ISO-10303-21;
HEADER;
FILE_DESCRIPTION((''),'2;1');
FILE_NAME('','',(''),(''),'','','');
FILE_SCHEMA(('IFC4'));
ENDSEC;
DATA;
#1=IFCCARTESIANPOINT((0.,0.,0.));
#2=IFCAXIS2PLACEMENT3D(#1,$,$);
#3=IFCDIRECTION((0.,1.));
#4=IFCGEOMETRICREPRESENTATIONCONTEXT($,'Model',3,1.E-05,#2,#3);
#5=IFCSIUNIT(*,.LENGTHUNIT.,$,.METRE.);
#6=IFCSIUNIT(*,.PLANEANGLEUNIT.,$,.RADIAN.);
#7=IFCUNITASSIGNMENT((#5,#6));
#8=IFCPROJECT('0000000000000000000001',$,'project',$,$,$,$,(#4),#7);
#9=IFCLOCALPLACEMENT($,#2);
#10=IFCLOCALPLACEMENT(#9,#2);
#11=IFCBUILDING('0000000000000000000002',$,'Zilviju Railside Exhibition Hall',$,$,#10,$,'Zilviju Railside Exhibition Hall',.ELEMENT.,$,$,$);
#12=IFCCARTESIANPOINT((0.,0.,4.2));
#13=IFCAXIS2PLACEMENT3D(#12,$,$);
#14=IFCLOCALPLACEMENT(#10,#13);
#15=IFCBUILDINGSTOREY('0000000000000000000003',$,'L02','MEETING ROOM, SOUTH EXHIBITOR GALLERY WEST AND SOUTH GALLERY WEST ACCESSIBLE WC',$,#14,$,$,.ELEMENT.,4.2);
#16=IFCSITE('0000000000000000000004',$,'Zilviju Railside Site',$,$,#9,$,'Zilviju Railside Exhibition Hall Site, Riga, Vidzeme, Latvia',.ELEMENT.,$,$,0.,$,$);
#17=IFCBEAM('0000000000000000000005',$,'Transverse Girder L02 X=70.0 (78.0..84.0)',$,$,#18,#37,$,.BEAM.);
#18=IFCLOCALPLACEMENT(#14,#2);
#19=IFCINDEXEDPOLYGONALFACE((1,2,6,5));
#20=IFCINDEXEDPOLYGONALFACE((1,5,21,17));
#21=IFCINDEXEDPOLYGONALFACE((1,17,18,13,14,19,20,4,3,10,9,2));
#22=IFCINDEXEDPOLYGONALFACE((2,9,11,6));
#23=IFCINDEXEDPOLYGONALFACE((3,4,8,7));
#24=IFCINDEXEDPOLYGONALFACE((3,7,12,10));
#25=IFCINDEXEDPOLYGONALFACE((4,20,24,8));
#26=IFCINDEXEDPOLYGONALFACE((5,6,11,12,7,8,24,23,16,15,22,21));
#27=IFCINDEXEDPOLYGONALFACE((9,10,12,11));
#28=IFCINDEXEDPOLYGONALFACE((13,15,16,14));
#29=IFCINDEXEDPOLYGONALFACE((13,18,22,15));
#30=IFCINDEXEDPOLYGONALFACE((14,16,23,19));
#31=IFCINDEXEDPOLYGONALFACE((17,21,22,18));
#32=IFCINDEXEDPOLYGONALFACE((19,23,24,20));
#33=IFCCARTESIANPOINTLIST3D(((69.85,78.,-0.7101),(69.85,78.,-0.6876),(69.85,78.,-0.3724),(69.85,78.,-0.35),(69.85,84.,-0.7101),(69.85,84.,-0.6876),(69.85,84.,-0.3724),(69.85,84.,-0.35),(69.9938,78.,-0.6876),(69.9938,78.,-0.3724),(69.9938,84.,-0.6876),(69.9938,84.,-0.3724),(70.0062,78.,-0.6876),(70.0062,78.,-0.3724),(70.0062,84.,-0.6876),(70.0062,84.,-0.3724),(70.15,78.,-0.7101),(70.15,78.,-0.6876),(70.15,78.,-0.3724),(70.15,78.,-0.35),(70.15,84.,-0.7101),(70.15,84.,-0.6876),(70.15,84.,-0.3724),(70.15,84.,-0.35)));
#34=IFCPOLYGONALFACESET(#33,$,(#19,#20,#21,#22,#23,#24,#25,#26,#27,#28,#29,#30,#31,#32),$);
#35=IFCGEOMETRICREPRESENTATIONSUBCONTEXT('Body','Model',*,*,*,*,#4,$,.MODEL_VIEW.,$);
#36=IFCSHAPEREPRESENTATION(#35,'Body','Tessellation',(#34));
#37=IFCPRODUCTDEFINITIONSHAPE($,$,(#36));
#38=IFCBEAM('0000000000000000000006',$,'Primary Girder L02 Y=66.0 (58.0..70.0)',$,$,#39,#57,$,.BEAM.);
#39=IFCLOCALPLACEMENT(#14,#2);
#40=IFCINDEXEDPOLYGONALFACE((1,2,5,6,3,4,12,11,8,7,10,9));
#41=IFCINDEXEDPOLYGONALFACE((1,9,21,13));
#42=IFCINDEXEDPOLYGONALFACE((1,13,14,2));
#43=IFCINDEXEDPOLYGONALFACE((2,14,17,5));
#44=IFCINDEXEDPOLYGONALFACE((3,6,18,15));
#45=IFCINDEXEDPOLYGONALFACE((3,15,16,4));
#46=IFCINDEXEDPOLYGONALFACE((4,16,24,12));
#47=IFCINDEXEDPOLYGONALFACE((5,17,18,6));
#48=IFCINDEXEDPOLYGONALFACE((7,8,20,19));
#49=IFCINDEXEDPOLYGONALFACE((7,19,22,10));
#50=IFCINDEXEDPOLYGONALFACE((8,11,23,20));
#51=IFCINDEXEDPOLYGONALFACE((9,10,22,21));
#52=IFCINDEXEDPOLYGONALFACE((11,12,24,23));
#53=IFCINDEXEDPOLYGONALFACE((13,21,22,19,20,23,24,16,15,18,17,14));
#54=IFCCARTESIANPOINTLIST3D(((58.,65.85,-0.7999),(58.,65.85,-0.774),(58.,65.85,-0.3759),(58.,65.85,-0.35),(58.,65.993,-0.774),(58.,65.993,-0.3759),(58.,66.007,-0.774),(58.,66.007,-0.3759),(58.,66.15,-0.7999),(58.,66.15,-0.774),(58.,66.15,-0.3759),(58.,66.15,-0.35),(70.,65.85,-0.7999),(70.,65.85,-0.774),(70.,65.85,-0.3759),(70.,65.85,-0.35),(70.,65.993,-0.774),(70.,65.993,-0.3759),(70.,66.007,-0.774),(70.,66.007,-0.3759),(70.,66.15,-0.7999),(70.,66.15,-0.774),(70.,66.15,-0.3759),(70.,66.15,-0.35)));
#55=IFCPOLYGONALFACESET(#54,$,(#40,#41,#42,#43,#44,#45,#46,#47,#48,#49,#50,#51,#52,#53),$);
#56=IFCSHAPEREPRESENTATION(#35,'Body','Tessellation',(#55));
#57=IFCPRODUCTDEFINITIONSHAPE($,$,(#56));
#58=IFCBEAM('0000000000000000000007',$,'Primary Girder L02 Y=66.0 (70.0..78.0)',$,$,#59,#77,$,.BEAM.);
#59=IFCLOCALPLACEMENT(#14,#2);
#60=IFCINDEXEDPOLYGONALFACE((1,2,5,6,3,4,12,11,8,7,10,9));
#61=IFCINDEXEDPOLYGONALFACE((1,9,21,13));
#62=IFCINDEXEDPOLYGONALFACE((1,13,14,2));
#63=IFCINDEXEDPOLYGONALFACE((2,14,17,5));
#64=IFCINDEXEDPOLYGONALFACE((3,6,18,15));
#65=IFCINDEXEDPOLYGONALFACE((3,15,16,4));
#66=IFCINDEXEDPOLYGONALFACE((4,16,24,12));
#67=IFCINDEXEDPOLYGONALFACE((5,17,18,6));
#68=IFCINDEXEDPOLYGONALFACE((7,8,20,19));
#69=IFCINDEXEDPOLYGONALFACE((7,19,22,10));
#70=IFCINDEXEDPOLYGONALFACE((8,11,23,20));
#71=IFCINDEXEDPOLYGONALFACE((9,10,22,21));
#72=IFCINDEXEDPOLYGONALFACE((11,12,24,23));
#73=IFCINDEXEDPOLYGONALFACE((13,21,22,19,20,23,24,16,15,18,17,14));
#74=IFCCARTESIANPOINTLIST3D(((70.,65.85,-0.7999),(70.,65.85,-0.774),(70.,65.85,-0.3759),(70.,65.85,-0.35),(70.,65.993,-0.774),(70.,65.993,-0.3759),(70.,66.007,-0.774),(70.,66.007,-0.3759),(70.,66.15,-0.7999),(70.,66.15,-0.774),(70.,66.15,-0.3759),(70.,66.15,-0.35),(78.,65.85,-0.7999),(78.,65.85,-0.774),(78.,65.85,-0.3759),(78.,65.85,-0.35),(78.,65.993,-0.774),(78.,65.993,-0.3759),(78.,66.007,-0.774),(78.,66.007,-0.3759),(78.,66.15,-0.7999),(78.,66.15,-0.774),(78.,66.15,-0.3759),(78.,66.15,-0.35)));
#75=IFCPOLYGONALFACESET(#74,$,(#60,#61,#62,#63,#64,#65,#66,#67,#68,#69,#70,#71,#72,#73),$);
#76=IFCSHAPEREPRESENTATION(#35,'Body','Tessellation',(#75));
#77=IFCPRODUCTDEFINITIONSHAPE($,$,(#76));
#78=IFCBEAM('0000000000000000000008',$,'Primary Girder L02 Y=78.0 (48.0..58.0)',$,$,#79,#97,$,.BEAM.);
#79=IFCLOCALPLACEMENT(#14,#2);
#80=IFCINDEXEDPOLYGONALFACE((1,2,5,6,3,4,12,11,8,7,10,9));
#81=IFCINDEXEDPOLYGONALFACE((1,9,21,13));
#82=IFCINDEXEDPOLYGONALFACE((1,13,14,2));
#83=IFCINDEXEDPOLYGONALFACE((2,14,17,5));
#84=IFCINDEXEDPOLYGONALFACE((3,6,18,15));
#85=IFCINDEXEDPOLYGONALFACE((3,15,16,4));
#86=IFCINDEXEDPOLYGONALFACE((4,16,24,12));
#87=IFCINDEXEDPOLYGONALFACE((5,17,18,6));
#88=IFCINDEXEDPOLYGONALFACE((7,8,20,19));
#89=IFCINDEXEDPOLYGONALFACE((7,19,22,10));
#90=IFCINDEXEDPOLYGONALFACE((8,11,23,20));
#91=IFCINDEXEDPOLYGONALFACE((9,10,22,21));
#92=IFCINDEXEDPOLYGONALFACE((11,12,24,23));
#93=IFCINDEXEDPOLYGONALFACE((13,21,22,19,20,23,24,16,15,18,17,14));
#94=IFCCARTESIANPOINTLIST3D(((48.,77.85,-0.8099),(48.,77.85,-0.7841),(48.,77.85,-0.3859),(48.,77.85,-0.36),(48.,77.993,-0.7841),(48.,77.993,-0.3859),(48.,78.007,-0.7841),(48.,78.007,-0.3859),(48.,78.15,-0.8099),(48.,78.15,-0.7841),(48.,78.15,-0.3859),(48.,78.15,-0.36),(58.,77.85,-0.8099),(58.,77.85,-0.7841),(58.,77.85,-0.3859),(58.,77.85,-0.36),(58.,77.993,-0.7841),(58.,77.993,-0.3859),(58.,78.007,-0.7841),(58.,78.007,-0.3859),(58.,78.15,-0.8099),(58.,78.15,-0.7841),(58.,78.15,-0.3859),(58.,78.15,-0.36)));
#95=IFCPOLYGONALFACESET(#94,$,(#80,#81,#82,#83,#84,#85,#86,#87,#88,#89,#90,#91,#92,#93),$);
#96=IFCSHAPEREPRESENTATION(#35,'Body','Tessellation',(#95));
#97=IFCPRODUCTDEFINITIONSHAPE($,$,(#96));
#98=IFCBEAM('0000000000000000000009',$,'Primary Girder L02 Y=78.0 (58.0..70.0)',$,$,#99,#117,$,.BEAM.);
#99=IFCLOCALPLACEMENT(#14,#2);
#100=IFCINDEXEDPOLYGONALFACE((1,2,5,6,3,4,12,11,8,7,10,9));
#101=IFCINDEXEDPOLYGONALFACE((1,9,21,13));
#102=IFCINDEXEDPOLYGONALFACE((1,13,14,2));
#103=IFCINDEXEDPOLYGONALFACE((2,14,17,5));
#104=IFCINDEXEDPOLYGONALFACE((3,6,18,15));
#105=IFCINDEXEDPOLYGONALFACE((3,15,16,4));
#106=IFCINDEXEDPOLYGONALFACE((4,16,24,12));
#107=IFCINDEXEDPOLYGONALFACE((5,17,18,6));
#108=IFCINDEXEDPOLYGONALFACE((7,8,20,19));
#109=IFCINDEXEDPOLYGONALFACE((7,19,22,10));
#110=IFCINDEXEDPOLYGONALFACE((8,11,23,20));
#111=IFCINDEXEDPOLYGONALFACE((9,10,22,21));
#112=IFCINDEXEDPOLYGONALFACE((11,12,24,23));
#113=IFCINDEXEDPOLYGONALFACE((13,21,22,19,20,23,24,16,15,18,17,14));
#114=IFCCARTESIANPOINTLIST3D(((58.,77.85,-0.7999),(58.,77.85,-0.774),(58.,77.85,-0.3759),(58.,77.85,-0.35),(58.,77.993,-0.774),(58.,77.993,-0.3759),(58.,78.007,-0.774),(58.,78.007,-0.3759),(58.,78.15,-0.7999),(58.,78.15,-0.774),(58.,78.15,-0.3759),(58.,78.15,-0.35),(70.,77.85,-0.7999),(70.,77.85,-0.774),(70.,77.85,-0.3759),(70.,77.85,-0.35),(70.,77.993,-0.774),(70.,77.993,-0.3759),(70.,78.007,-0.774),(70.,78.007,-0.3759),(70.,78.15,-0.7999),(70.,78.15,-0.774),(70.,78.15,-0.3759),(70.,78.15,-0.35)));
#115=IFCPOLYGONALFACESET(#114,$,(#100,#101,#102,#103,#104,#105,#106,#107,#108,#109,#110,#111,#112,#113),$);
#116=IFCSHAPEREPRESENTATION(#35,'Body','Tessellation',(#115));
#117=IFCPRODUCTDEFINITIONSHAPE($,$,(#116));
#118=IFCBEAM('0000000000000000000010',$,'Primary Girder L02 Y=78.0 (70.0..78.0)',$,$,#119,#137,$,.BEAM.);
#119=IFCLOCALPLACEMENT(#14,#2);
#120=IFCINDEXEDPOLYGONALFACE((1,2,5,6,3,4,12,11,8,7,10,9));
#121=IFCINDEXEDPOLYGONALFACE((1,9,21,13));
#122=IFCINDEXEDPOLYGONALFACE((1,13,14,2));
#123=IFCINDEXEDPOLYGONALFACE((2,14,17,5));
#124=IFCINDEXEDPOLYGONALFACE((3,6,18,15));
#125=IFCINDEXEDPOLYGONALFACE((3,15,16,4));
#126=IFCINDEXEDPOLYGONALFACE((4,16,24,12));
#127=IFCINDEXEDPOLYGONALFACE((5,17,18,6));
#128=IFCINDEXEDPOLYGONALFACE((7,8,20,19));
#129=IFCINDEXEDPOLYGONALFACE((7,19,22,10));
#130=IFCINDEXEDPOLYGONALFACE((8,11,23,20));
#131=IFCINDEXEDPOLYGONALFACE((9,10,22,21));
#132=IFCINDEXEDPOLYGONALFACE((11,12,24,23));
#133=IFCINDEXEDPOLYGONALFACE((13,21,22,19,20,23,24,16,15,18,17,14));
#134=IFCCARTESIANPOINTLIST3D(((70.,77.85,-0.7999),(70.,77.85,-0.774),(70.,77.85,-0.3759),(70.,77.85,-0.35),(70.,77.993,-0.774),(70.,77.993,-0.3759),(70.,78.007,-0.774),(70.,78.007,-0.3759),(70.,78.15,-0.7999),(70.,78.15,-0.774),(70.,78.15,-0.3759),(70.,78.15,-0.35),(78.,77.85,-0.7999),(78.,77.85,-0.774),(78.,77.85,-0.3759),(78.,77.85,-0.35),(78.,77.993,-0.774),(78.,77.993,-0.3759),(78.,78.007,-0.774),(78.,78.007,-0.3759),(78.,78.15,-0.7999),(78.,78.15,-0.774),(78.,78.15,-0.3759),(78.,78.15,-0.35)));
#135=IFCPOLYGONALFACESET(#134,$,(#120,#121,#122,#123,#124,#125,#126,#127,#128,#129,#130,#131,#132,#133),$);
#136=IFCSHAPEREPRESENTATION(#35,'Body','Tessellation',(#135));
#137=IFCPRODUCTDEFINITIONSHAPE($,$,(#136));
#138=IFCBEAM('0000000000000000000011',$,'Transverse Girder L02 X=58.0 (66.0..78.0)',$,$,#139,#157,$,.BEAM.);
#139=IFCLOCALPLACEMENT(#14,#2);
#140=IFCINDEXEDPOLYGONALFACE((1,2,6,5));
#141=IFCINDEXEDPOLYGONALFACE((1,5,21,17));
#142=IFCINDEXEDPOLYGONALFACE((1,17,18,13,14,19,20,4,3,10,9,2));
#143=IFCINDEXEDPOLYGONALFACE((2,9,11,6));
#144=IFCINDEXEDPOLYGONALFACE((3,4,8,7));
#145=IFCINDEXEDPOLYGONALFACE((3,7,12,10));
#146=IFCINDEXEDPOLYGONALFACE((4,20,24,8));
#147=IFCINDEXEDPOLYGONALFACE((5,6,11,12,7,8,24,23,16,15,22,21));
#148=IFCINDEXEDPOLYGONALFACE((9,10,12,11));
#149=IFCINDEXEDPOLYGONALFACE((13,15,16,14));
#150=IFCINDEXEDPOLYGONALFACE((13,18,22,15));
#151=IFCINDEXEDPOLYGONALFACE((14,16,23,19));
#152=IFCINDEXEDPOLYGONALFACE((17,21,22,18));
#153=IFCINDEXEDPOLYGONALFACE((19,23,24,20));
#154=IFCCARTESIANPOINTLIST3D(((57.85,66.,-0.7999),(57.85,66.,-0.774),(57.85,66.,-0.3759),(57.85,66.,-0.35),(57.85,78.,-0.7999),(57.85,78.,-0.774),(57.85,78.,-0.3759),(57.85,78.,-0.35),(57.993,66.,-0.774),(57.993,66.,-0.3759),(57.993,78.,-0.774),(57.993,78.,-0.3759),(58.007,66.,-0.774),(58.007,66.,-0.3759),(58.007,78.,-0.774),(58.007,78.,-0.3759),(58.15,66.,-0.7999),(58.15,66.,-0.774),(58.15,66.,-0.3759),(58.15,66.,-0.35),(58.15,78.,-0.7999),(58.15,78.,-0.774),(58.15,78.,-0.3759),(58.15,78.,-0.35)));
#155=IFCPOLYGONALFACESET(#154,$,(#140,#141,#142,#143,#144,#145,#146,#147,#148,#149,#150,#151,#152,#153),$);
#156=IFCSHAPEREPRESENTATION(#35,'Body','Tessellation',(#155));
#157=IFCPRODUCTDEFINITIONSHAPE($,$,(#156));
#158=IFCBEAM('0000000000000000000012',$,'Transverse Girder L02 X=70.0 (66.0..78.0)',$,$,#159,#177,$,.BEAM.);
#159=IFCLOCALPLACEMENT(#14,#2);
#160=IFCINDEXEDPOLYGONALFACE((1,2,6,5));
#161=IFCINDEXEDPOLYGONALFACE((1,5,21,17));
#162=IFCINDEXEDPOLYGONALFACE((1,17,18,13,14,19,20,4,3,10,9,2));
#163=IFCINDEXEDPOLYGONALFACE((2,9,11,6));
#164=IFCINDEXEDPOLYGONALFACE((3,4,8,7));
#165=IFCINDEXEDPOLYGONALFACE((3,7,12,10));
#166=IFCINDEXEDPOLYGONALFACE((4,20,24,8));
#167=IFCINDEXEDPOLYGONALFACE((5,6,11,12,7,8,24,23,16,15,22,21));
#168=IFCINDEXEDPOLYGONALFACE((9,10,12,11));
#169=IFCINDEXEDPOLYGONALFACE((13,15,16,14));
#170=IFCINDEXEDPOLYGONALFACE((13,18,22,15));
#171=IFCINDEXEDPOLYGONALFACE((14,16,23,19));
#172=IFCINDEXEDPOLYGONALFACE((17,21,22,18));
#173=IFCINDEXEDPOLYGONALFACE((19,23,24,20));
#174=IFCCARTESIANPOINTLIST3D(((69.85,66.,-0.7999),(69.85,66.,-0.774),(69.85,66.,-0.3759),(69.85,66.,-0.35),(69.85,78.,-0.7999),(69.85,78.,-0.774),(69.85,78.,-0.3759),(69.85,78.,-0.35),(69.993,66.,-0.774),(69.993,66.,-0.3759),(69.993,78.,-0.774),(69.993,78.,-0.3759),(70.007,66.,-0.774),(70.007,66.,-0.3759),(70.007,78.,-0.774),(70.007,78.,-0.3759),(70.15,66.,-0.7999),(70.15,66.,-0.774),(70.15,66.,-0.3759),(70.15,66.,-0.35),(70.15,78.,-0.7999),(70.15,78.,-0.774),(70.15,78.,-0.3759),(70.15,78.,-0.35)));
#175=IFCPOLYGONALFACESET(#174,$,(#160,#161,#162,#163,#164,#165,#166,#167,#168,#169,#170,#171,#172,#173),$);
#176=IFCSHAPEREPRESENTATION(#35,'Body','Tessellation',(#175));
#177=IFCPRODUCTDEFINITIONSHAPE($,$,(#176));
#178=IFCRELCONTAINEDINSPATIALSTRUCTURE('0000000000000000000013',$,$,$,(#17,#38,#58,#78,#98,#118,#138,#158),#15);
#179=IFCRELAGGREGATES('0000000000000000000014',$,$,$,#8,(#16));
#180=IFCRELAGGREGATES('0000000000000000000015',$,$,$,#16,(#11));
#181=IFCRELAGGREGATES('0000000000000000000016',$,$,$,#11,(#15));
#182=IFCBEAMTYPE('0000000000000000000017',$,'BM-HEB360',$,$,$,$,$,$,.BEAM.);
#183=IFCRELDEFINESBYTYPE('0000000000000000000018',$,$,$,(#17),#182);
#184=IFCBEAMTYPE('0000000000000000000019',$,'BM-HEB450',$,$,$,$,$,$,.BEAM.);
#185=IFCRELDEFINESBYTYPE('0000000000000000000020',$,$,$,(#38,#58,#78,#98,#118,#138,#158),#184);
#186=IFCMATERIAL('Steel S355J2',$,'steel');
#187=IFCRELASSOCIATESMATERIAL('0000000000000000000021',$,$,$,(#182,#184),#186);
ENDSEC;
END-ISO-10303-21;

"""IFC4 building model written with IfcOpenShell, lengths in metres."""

from ifc_helpers import new_model, si_unit, direction, frame, origin, origin_2d, place, context, subcontext, project, spatial, i_section, extrude, material, material_profile, profile_set, type_object, element, save


model = new_model("IFC4")

# Units and contexts
model_context = context("Model", 3, precision=1e-05, world=origin(), true_north=direction((0.0, 1.0)))
body_context = subcontext(model_context, "Body", "Model", "MODEL_VIEW")
ifc_project = project(units=[si_unit("LENGTHUNIT", "METRE"), si_unit("PLANEANGLEUNIT", "RADIAN")], contexts=[model_context])

# Site, building, storey
site_placement = place(None, origin())
site = spatial("IfcSite", under=ifc_project, at=site_placement, Name="Zilviju Railside Site", LongName="Zilviju Railside Exhibition Hall Site, Riga, Vidzeme, Latvia", CompositionType="ELEMENT", RefElevation=0.0)
building_placement = place(site_placement, origin())
building = spatial("IfcBuilding", under=site, at=building_placement, Name="Zilviju Railside Exhibition Hall", LongName="Zilviju Railside Exhibition Hall", CompositionType="ELEMENT")
storey_placement = place(building_placement, frame((0.0, 0.0, 4.2)))
storey = spatial("IfcBuildingStorey", under=building, at=storey_placement, Name="L02", Description="MEETING ROOM, SOUTH EXHIBITOR GALLERY WEST AND SOUTH GALLERY WEST ACCESSIBLE WC", CompositionType="ELEMENT", Elevation=4.2)

# Shared definitions
ifc_material_1 = material(Name="Steel S355J2", Category="steel")

# Beams
ifc_material_profile_1 = material_profile(ifc_material_1, i_section(OverallWidth=0.3, OverallDepth=0.3601, WebThickness=0.0125, FlangeThickness=0.0225, at=origin_2d()), Name="HEB 360")
ifc_profile_set_1 = profile_set([ifc_material_profile_1], Name="Steel S355J2")
beam_type_1 = type_object("IfcBeamType", Name="BM-HEB360", PredefinedType="BEAM", material=ifc_profile_set_1)
for number, where, z_axis, x_axis, name in (
    (1, (70.0, 78.0, -0.53), (0.0, 1.0, 0.0), (-1.0, 0.0, 0.0), "Transverse Girder L02 X=70.0 (78.0..84.0)"),
):
    element("IfcBeam", number, at=place(storey_placement, frame(where, z_axis=z_axis, x_axis=x_axis)), inside=storey, type_object=beam_type_1, Name=name, PredefinedType="BEAM", context=body_context, shape_type="SweptSolid", body=[
        extrude(i_section(OverallWidth=0.3, OverallDepth=0.3601, WebThickness=0.0125, FlangeThickness=0.0225, at=origin_2d()), origin(), (0.0, 0.0, 1.0), 6.0),
    ])
ifc_material_profile_2 = material_profile(ifc_material_1, i_section(OverallWidth=0.3, OverallDepth=0.45, WebThickness=0.0139, FlangeThickness=0.0259, at=origin_2d()), Name="HEB 450")
ifc_profile_set_2 = profile_set([ifc_material_profile_2], Name="Steel S355J2")
beam_type_2 = type_object("IfcBeamType", Name="BM-HEB450", PredefinedType="BEAM", material=ifc_profile_set_2)
beam_1_placement = place(storey_placement, frame((58.0, 66.0, -0.575), z_axis=(1.0, 0.0, 0.0), x_axis=(0.0, 1.0, 0.0)))
element("IfcBeam", 2, at=beam_1_placement, inside=storey, type_object=beam_type_2, Name="Primary Girder L02 Y=66.0 (58.0..70.0)", PredefinedType="BEAM", context=body_context, shape_type="SweptSolid", body=[
    extrude(i_section(OverallWidth=0.3, OverallDepth=0.45, WebThickness=0.0139, FlangeThickness=0.0259, at=origin_2d()), origin(), (0.0, 0.0, 1.0), 12.0),
])
beam_2_placement = place(storey_placement, frame((70.0, 66.0, -0.575), z_axis=(1.0, 0.0, 0.0), x_axis=(0.0, 1.0, 0.0)))
element("IfcBeam", 3, at=beam_2_placement, inside=storey, type_object=beam_type_2, Name="Primary Girder L02 Y=66.0 (70.0..78.0)", PredefinedType="BEAM", context=body_context, shape_type="SweptSolid", body=[
    extrude(i_section(OverallWidth=0.3, OverallDepth=0.45, WebThickness=0.0139, FlangeThickness=0.0259, at=origin_2d()), origin(), (0.0, 0.0, 1.0), 8.0),
])
beam_3_placement = place(storey_placement, frame((48.0, 78.0, -0.585), z_axis=(1.0, 0.0, 0.0), x_axis=(0.0, 1.0, 0.0)))
element("IfcBeam", 4, at=beam_3_placement, inside=storey, type_object=beam_type_2, Name="Primary Girder L02 Y=78.0 (48.0..58.0)", PredefinedType="BEAM", context=body_context, shape_type="SweptSolid", body=[
    extrude(i_section(OverallWidth=0.3, OverallDepth=0.45, WebThickness=0.0139, FlangeThickness=0.0259, at=origin_2d()), origin(), (0.0, 0.0, 1.0), 10.0),
])
beam_4_placement = place(storey_placement, frame((58.0, 78.0, -0.575), z_axis=(1.0, 0.0, 0.0), x_axis=(0.0, 1.0, 0.0)))
element("IfcBeam", 5, at=beam_4_placement, inside=storey, type_object=beam_type_2, Name="Primary Girder L02 Y=78.0 (58.0..70.0)", PredefinedType="BEAM", context=body_context, shape_type="SweptSolid", body=[
    extrude(i_section(OverallWidth=0.3, OverallDepth=0.45, WebThickness=0.0139, FlangeThickness=0.0259, at=origin_2d()), origin(), (0.0, 0.0, 1.0), 12.0),
])
beam_5_placement = place(storey_placement, frame((70.0, 78.0, -0.575), z_axis=(1.0, 0.0, 0.0), x_axis=(0.0, 1.0, 0.0)))
element("IfcBeam", 6, at=beam_5_placement, inside=storey, type_object=beam_type_2, Name="Primary Girder L02 Y=78.0 (70.0..78.0)", PredefinedType="BEAM", context=body_context, shape_type="SweptSolid", body=[
    extrude(i_section(OverallWidth=0.3, OverallDepth=0.45, WebThickness=0.0139, FlangeThickness=0.0259, at=origin_2d()), origin(), (0.0, 0.0, 1.0), 8.0),
])
for number, where, z_axis, x_axis, name in (
    (7, (58.0, 66.0, -0.575), (0.0, 1.0, 0.0), (-1.0, 0.0, 0.0), "Transverse Girder L02 X=58.0 (66.0..78.0)"),
    (8, (70.0, 66.0, -0.575), (0.0, 1.0, 0.0), (-1.0, 0.0, 0.0), "Transverse Girder L02 X=70.0 (66.0..78.0)"),
):
    element("IfcBeam", number, at=place(storey_placement, frame(where, z_axis=z_axis, x_axis=x_axis)), inside=storey, type_object=beam_type_2, Name=name, PredefinedType="BEAM", context=body_context, shape_type="SweptSolid", body=[
        extrude(i_section(OverallWidth=0.3, OverallDepth=0.45, WebThickness=0.0139, FlangeThickness=0.0259, at=origin_2d()), origin(), (0.0, 0.0, 1.0), 12.0),
    ])

save(model, "model.ifc")
